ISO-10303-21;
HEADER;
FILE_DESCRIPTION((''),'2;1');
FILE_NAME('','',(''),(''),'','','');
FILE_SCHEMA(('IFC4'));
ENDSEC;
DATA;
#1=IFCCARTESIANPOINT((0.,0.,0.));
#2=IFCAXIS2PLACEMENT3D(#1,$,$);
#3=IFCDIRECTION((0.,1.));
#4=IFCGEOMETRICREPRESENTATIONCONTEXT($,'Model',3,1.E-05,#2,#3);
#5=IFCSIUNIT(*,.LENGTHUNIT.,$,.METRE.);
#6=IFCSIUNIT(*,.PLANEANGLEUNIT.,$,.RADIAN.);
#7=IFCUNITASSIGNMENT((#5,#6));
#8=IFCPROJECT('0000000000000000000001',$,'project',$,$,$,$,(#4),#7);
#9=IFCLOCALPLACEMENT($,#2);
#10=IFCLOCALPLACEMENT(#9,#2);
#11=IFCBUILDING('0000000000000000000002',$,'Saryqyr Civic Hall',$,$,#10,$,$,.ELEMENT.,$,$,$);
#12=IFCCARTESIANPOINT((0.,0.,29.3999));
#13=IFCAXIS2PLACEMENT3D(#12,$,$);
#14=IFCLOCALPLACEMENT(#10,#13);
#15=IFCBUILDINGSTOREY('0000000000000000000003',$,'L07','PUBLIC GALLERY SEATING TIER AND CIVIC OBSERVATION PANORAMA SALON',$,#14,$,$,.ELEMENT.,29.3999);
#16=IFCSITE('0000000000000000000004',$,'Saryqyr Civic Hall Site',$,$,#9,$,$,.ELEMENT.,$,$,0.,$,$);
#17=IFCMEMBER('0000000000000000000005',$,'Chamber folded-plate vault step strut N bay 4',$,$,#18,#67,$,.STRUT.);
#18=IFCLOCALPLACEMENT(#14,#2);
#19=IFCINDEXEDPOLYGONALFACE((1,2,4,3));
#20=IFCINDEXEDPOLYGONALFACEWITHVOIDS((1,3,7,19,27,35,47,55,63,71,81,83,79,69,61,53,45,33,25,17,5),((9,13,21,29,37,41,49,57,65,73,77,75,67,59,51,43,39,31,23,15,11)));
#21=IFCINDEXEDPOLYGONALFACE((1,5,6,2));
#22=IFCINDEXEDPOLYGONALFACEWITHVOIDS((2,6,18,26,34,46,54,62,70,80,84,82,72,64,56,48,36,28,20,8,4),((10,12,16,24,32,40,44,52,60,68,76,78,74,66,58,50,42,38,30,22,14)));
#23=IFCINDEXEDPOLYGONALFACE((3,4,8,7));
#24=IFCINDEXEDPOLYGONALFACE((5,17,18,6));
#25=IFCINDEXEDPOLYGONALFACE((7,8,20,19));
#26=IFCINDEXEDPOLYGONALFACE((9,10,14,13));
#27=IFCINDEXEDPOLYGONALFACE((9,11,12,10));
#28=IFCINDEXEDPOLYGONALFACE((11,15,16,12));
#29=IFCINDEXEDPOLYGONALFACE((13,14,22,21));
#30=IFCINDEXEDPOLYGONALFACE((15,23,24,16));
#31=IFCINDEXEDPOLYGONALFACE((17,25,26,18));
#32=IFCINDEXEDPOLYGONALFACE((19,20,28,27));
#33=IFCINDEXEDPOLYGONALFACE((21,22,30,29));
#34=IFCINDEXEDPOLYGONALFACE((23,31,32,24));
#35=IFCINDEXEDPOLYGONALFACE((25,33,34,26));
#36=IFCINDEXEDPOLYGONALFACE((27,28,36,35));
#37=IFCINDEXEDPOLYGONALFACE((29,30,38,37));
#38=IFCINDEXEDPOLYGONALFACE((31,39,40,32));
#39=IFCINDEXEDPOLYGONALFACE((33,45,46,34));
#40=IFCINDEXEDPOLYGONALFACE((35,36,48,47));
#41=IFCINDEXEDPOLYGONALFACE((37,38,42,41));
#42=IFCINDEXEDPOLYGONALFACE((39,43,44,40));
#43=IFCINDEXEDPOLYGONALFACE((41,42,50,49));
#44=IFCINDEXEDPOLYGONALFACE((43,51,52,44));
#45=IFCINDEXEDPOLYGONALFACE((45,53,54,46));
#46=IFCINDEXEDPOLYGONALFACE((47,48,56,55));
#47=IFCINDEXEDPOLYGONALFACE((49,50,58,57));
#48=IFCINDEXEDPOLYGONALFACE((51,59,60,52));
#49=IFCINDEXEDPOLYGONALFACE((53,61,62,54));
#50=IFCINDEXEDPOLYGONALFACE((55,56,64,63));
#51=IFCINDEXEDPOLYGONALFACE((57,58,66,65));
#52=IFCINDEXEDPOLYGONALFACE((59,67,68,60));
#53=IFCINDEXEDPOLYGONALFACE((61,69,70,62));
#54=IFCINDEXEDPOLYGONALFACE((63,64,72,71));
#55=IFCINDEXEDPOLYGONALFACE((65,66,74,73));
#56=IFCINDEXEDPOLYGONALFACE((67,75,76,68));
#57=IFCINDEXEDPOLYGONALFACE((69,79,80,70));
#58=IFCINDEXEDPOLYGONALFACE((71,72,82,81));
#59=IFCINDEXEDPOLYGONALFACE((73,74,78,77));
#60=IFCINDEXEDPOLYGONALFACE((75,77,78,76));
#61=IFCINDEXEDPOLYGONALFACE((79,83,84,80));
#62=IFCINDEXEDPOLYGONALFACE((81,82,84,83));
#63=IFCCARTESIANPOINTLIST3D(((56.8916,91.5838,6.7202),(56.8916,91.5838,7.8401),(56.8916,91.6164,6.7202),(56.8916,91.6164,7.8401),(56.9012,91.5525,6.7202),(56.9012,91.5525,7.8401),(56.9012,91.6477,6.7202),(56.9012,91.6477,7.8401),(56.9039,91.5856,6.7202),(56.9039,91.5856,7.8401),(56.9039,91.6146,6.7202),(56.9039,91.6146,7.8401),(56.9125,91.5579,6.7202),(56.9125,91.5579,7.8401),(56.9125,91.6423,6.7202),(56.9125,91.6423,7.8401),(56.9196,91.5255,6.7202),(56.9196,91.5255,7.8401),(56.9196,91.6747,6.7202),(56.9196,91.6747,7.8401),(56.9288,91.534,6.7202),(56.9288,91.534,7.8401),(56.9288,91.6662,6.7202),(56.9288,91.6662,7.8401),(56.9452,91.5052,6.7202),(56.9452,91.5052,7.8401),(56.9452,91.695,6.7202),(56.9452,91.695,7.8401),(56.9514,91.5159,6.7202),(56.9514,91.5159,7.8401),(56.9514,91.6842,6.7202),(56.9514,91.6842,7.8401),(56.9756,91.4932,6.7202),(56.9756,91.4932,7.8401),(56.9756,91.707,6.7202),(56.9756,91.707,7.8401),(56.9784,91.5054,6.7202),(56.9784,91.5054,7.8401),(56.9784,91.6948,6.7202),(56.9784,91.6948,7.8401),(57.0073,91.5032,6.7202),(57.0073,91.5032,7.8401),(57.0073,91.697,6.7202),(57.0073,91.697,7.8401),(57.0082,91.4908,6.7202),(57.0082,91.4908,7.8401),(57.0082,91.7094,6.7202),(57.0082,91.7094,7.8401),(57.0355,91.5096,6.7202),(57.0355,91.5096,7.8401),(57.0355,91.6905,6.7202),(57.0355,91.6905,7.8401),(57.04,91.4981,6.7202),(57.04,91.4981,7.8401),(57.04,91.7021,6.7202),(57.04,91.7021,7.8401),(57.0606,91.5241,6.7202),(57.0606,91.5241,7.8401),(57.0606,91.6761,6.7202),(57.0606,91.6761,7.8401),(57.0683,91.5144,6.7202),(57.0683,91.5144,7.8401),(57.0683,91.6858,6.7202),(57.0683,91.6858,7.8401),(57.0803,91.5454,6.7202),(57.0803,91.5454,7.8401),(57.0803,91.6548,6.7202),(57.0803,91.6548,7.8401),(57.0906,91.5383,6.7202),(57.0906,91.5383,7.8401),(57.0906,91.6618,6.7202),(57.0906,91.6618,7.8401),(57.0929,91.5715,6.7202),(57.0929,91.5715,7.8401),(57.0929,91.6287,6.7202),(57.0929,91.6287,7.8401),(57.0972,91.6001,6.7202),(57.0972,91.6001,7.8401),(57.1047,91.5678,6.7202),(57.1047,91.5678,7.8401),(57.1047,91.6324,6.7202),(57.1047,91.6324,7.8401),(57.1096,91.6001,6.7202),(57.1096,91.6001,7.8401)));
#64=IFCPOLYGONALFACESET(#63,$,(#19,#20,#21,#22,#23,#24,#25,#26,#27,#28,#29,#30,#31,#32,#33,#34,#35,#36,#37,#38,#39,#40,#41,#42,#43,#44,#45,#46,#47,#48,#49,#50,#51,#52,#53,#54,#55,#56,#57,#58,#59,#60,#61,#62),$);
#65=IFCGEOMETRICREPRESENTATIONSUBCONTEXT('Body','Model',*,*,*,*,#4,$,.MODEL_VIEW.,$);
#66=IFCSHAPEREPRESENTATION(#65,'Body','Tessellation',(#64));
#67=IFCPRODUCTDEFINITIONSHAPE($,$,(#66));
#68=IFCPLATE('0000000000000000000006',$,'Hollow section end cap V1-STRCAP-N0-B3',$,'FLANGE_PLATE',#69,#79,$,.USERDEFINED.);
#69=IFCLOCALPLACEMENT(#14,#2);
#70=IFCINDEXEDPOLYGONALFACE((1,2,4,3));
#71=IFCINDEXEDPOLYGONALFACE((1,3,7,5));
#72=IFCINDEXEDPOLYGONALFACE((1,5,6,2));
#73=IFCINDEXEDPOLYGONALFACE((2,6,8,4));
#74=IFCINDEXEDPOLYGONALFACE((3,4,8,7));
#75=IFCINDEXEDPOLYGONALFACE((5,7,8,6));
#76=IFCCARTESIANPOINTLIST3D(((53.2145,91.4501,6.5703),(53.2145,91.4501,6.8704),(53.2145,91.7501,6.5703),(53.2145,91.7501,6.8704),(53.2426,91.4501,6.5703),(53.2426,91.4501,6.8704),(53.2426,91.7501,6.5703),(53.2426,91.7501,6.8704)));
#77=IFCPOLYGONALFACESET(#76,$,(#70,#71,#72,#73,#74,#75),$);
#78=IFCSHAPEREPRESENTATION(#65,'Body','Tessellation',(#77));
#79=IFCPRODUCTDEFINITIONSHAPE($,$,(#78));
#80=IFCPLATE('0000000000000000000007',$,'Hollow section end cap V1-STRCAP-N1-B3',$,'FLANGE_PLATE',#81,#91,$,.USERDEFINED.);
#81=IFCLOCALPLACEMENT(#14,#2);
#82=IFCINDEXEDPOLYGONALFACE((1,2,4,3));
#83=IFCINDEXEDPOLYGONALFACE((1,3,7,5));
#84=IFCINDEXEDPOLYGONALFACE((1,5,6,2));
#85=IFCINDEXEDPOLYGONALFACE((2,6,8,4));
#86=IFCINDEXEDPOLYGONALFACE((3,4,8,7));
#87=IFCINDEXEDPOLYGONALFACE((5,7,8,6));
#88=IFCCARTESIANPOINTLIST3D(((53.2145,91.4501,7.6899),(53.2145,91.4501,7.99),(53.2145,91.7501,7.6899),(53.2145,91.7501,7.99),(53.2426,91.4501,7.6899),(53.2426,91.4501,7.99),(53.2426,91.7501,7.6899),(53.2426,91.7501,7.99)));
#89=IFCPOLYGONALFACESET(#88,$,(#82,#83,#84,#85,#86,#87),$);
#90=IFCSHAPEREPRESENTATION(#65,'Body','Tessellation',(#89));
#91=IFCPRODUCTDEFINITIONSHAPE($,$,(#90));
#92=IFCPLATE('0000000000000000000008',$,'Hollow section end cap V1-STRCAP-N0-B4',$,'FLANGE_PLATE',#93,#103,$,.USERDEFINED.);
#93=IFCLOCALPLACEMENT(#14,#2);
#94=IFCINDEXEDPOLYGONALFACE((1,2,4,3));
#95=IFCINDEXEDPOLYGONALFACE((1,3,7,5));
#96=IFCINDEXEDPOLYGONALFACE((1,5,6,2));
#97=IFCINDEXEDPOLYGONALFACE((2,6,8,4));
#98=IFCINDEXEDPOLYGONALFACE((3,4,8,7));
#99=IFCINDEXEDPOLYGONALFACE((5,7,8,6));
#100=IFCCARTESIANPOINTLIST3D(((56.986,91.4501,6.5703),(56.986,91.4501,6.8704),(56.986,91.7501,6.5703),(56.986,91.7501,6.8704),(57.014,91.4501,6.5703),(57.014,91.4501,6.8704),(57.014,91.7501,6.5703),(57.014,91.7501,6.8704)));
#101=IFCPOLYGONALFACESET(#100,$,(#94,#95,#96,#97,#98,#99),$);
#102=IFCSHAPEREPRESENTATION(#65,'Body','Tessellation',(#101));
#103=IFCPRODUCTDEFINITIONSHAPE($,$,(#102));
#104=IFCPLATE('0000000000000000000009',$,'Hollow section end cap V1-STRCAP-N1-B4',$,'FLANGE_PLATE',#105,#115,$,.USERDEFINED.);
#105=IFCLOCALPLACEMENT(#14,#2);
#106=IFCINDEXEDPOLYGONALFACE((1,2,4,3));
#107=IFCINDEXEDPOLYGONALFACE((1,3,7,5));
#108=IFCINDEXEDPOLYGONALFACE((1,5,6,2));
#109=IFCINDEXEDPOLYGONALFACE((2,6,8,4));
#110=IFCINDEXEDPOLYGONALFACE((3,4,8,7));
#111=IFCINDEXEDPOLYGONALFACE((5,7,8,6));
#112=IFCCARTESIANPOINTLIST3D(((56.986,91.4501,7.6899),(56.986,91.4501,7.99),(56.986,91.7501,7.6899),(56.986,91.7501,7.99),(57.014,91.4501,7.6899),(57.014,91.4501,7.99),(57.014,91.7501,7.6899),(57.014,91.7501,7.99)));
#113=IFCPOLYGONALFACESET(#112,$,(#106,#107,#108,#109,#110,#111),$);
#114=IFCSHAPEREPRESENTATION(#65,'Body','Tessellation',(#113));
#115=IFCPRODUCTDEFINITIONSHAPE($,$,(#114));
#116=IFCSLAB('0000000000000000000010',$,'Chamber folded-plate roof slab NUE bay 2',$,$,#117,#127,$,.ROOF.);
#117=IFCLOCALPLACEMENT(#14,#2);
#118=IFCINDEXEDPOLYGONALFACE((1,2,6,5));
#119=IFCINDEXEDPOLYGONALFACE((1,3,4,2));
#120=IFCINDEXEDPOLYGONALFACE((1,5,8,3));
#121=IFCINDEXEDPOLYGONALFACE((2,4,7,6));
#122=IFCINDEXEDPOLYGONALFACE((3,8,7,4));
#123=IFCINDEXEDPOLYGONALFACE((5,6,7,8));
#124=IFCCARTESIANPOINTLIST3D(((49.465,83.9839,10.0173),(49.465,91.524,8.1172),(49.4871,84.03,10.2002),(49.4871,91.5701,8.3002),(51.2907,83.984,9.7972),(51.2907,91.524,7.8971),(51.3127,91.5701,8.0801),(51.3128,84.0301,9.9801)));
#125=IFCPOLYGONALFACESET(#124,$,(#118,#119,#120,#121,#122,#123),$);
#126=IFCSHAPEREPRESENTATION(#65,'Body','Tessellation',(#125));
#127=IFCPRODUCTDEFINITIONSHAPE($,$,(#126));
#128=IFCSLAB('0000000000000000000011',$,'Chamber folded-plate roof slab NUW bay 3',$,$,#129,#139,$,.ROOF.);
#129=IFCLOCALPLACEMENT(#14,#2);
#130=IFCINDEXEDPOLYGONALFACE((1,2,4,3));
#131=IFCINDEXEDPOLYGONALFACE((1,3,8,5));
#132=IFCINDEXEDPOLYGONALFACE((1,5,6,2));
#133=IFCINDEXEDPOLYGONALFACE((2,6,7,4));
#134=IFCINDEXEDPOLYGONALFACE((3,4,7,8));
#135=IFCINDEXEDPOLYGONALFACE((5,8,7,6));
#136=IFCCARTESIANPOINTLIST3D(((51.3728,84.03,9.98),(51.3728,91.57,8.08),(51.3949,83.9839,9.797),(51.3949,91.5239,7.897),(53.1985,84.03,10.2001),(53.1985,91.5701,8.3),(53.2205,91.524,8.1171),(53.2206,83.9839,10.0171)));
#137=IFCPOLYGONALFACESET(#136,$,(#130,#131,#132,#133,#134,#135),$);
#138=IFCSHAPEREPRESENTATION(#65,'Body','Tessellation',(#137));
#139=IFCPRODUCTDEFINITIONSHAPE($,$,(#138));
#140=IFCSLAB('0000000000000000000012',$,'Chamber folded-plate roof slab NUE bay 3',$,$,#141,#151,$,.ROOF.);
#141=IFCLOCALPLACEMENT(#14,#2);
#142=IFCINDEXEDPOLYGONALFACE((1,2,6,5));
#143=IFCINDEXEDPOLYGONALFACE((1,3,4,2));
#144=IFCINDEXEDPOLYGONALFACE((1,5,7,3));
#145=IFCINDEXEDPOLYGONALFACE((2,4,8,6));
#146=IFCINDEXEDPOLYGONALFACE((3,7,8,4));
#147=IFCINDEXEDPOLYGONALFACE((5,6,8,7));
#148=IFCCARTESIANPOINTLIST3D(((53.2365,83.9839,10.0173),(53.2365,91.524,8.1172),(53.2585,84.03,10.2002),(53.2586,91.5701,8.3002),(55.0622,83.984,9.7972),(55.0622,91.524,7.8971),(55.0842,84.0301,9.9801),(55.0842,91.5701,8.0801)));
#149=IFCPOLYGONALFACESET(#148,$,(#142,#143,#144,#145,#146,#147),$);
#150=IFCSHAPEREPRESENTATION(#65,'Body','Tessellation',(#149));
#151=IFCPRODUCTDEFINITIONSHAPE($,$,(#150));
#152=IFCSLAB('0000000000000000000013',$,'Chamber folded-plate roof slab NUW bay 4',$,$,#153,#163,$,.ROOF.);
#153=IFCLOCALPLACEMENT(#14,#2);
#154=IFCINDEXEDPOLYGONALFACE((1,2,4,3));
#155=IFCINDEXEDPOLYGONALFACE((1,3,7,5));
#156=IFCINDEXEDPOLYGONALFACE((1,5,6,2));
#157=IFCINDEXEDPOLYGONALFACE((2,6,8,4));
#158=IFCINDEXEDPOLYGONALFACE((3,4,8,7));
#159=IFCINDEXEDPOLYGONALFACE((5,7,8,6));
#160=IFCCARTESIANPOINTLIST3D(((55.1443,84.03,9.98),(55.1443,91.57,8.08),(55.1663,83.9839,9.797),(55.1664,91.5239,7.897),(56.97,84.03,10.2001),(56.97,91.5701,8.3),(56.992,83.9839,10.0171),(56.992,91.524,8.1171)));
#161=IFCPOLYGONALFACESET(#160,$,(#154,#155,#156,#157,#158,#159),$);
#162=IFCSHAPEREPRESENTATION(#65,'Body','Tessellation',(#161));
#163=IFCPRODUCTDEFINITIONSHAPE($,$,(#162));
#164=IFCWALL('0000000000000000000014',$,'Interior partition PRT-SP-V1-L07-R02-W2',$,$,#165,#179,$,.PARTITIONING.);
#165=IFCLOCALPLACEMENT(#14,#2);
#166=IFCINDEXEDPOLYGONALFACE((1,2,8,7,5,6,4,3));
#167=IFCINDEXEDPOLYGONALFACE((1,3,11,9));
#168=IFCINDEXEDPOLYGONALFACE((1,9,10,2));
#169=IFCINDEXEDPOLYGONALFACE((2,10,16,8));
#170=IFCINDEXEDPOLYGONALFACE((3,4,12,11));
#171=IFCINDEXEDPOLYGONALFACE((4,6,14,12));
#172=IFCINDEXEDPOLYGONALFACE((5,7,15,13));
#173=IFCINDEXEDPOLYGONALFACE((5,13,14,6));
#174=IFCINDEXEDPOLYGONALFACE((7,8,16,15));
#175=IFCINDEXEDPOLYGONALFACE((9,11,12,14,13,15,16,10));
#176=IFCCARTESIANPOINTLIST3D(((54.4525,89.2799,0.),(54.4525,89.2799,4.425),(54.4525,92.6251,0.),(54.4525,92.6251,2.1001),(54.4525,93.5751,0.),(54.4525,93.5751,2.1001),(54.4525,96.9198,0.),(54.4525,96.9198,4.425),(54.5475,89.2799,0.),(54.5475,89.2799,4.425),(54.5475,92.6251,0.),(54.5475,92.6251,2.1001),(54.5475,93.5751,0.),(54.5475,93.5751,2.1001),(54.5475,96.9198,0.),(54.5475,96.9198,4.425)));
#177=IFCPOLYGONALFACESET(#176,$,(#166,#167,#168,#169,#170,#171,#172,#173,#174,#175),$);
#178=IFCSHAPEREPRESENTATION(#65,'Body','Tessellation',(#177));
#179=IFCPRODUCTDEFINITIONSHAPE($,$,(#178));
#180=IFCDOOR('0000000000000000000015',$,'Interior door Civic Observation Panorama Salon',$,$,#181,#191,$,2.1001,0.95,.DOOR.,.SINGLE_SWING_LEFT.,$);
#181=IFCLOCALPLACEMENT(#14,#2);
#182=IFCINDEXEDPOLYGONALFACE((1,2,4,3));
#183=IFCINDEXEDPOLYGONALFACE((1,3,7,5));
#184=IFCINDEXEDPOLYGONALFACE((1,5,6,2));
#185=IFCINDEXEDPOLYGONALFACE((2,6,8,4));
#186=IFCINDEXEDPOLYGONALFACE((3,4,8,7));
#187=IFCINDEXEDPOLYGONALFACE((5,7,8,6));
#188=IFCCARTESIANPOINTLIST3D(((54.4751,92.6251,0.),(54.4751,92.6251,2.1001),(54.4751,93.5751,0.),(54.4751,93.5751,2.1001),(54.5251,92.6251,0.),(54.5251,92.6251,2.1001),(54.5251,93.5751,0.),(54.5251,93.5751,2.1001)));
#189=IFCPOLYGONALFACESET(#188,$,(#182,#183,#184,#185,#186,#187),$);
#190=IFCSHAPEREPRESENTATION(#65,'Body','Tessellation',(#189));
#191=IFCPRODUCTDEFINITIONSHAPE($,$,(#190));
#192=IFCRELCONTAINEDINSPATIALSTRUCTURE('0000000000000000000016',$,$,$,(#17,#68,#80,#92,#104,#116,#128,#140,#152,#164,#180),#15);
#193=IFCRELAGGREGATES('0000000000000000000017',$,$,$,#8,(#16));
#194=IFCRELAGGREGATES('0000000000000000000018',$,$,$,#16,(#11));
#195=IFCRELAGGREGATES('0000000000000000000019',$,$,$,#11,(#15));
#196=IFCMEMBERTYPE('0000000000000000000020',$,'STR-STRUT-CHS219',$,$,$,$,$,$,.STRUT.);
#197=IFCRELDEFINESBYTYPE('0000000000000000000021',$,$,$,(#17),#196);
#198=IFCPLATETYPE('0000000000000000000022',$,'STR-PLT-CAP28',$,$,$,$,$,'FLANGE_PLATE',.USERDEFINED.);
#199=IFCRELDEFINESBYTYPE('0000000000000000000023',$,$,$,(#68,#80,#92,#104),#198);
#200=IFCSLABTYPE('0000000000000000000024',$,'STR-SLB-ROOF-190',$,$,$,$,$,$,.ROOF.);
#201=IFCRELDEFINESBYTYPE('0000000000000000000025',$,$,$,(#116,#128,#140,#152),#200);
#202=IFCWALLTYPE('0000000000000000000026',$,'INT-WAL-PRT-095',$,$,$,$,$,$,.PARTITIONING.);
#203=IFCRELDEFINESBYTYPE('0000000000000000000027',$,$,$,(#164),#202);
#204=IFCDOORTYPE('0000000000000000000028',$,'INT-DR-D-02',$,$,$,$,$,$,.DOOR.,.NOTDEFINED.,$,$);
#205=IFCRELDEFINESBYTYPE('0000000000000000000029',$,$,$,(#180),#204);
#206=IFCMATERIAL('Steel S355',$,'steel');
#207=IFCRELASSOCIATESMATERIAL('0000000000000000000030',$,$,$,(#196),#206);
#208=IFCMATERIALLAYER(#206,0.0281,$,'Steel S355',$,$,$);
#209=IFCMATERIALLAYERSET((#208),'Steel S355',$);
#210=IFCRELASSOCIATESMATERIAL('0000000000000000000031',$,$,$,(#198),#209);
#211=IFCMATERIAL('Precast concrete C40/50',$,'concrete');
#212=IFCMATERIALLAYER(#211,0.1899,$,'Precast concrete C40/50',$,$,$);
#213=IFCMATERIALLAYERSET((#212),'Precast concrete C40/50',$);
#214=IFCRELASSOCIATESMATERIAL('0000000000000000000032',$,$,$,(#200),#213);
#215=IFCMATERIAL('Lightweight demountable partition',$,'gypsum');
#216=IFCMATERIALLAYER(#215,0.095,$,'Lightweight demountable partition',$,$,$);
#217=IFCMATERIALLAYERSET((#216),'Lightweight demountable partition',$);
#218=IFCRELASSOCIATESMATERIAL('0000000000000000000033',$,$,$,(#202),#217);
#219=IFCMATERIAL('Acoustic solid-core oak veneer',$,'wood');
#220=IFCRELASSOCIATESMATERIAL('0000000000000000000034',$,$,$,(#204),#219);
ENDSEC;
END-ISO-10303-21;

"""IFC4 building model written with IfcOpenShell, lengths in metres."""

from ifc_helpers import new_model, si_unit, direction, frame, frame_2d, origin, origin_2d, place, context, subcontext, project, spatial, polyline, rectangle, hollow_circle, outline, extrude, material, layer, layer_set, material_profile, profile_set, type_object, element, fill, save


model = new_model("IFC4")

# Units and contexts
model_context = context("Model", 3, precision=1e-05, world=origin(), true_north=direction((0.0, 1.0)))
body_context = subcontext(model_context, "Body", "Model", "MODEL_VIEW")
ifc_project = project(units=[si_unit("LENGTHUNIT", "METRE"), si_unit("PLANEANGLEUNIT", "RADIAN")], contexts=[model_context])

# Site, building, storey
site_placement = place(None, origin())
site = spatial("IfcSite", under=ifc_project, at=site_placement, Name="Saryqyr Civic Hall Site", CompositionType="ELEMENT", RefElevation=0.0)
building_placement = place(site_placement, origin())
building = spatial("IfcBuilding", under=site, at=building_placement, Name="Saryqyr Civic Hall", CompositionType="ELEMENT")
storey_placement = place(building_placement, frame((0.0, 0.0, 29.3999)))
storey = spatial("IfcBuildingStorey", under=building, at=storey_placement, Name="L07", Description="PUBLIC GALLERY SEATING TIER AND CIVIC OBSERVATION PANORAMA SALON", CompositionType="ELEMENT", Elevation=29.3999)

# Member
ifc_material_1 = material(Name="Steel S355", Category="steel")
ifc_material_profile_1 = material_profile(ifc_material_1, hollow_circle(Radius=0.1096, WallThickness=0.0125, at=origin_2d()), Name="CHS 219.1x12.5")
ifc_profile_set_1 = profile_set([ifc_material_profile_1], Name="Steel S355")
member_type_1 = type_object("IfcMemberType", Name="STR-STRUT-CHS219", PredefinedType="STRUT", material=ifc_profile_set_1)
for number, where, z_axis, x_axis, name in (
    (1, (57.0, 91.6001, 6.7202), (0.0, 0.0, 1.0), (1.0, 0.0, 0.0), "Chamber folded-plate vault step strut N bay 4"),
):
    element("IfcMember", number, at=place(storey_placement, frame(where, z_axis=z_axis, x_axis=x_axis)), inside=storey, type_object=member_type_1, Name=name, PredefinedType="STRUT", context=body_context, shape_type="SweptSolid", body=[
        extrude(hollow_circle(Radius=0.1096, WallThickness=0.0125, at=origin_2d()), origin(), (0.0, 0.0, 1.0), 1.1199),
    ])

# Plates
ifc_layer_1 = layer(ifc_material_1, 0.0281, Name="Steel S355")
ifc_layer_set_1 = layer_set([ifc_layer_1], Name="Steel S355")
plate_type = type_object("IfcPlateType", Name="STR-PLT-CAP28", ElementType="FLANGE_PLATE", PredefinedType="USERDEFINED", material=ifc_layer_set_1)
for number, where, z_axis, x_axis, name in (
    (2, (53.2285, 91.6001, 6.5703), (0.0, 0.0, 1.0), (1.0, 0.0, 0.0), "Hollow section end cap V1-STRCAP-N0-B3"),
    (3, (53.2285, 91.6001, 7.6899), (0.0, 0.0, 1.0), (1.0, 0.0, 0.0), "Hollow section end cap V1-STRCAP-N1-B3"),
    (4, (57.0, 91.6001, 6.5703), (0.0, 0.0, 1.0), (1.0, 0.0, 0.0), "Hollow section end cap V1-STRCAP-N0-B4"),
    (5, (57.0, 91.6001, 7.6899), (0.0, 0.0, 1.0), (1.0, 0.0, 0.0), "Hollow section end cap V1-STRCAP-N1-B4"),
):
    element("IfcPlate", number, at=place(storey_placement, frame(where, z_axis=z_axis, x_axis=x_axis)), inside=storey, type_object=plate_type, Name=name, ObjectType="FLANGE_PLATE", PredefinedType="USERDEFINED", context=body_context, shape_type="SweptSolid", body=[
        extrude(rectangle(XDim=0.0281, YDim=0.3, at=origin_2d()), origin(), (0.0, 0.0, 1.0), 0.3),
    ])

# Slabs
ifc_material_2 = material(Name="Precast concrete C40/50", Category="concrete")
ifc_layer_2 = layer(ifc_material_2, 0.1899, Name="Precast concrete C40/50")
ifc_layer_set_2 = layer_set([ifc_layer_2], Name="Precast concrete C40/50")
slab_type = type_object("IfcSlabType", Name="STR-SLB-ROOF-190", PredefinedType="ROOF", material=ifc_layer_set_2)
slab_1_placement = place(storey_placement, frame((51.3127, 91.5701, 8.0801), z_axis=(0.116109, 0.2427, 0.963128), x_axis=(-0.992812, 0.000016, 0.119683)))
element("IfcSlab", 6, at=slab_1_placement, inside=storey, type_object=slab_type, Name="Chamber folded-plate roof slab NUE bay 2", PredefinedType="ROOF", context=body_context, shape_type="SweptSolid", body=[
    extrude(outline(polyline([(0.0, 0.0), (1.8389, 0.0), (2.0662, 7.7725), (0.2273, 7.7724), (0.0, 0.0)])), origin(), (0.0, 0.0, -1.0), 0.1899),
])
slab_2_placement = place(storey_placement, frame((53.1985, 91.5701, 8.3), z_axis=(-0.116109, 0.2427, 0.963128), x_axis=(-0.992812, -0.000016, -0.119683)))
element("IfcSlab", 7, at=slab_2_placement, inside=storey, type_object=slab_type, Name="Chamber folded-plate roof slab NUW bay 3", PredefinedType="ROOF", context=body_context, shape_type="SweptSolid", body=[
    extrude(outline(polyline([(0.0, 0.0), (1.8389, 0.0), (1.6116, 7.7724), (-0.2273, 7.7725), (0.0, 0.0)])), origin(), (0.0, 0.0, -1.0), 0.1899),
])
slab_3_placement = place(storey_placement, frame((55.0842, 91.5701, 8.0801), z_axis=(0.116109, 0.2427, 0.963128), x_axis=(-0.992812, 0.000016, 0.119683)))
element("IfcSlab", 8, at=slab_3_placement, inside=storey, type_object=slab_type, Name="Chamber folded-plate roof slab NUE bay 3", PredefinedType="ROOF", context=body_context, shape_type="SweptSolid", body=[
    extrude(outline(polyline([(0.0, 0.0), (1.8389, 0.0), (2.0662, 7.7725), (0.2273, 7.7724), (0.0, 0.0)])), origin(), (0.0, 0.0, -1.0), 0.1899),
])
slab_4_placement = place(storey_placement, frame((56.97, 91.5701, 8.3), z_axis=(-0.116109, 0.2427, 0.963128), x_axis=(-0.992812, -0.000016, -0.119683)))
element("IfcSlab", 9, at=slab_4_placement, inside=storey, type_object=slab_type, Name="Chamber folded-plate roof slab NUW bay 4", PredefinedType="ROOF", context=body_context, shape_type="SweptSolid", body=[
    extrude(outline(polyline([(0.0, 0.0), (1.8389, 0.0), (1.6116, 7.7724), (-0.2273, 7.7725), (0.0, 0.0)])), origin(), (0.0, 0.0, -1.0), 0.1899),
])

# Wall, opening, door
ifc_material_3 = material(Name="Lightweight demountable partition", Category="gypsum")
ifc_layer_3 = layer(ifc_material_3, 0.095, Name="Lightweight demountable partition")
ifc_layer_set_3 = layer_set([ifc_layer_3], Name="Lightweight demountable partition")
wall_type_1 = type_object("IfcWallType", Name="INT-WAL-PRT-095", PredefinedType="PARTITIONING", material=ifc_layer_set_3)
wall_1_placement = place(storey_placement, frame((54.5, 89.28, 0.0), z_axis=(0.0, 0.0, 1.0), x_axis=(0.0, 1.0, 0.0)))
wall_1 = element("IfcWall", 10, at=wall_1_placement, inside=storey, type_object=wall_type_1, Name="Interior partition PRT-SP-V1-L07-R02-W2", PredefinedType="PARTITIONING", context=body_context, shape_type="SweptSolid", body=[
    extrude(rectangle(XDim=7.6399, YDim=0.095, at=frame_2d((3.8198, 0.0))), origin(), (0.0, 0.0, 1.0), 4.425),
])
opening_1_placement = place(wall_1_placement, frame((3.345, 0.0, 0.0)))
opening_1 = element("IfcOpeningElement", 11, at=opening_1_placement, cuts=wall_1, PredefinedType="OPENING", context=body_context, shape_type="SweptSolid", body=[
    extrude(rectangle(XDim=0.95, YDim=2.1001, at=frame_2d((0.4751, 1.05))), frame((0.0, 0.0574, 0.0), z_axis=(0.0, -1.0, 0.0), x_axis=(1.0, 0.0, 0.0)), (0.0, 0.0, 1.0), 0.115),
])
ifc_material_4 = material(Name="Acoustic solid-core oak veneer", Category="wood")
door_type_1 = type_object("IfcDoorType", Name="INT-DR-D-02", OperationType="NOTDEFINED", PredefinedType="DOOR", material=ifc_material_4)
door_1_placement = place(opening_1_placement, origin())
door_1 = element("IfcDoor", 12, at=door_1_placement, inside=storey, type_object=door_type_1, Name="Interior door Civic Observation Panorama Salon", OperationType="SINGLE_SWING_LEFT", OverallHeight=2.1001, OverallWidth=0.95, PredefinedType="DOOR", context=body_context, shape_type="SweptSolid", body=[
    extrude(rectangle(XDim=0.95, YDim=2.1001, at=frame_2d((0.4751, 1.05))), frame((0.0, 0.0249, 0.0), z_axis=(0.0, -1.0, 0.0), x_axis=(1.0, 0.0, 0.0)), (0.0, 0.0, 1.0), 0.05),
])
fill(opening_1, door_1)

save(model, "model.ifc")
